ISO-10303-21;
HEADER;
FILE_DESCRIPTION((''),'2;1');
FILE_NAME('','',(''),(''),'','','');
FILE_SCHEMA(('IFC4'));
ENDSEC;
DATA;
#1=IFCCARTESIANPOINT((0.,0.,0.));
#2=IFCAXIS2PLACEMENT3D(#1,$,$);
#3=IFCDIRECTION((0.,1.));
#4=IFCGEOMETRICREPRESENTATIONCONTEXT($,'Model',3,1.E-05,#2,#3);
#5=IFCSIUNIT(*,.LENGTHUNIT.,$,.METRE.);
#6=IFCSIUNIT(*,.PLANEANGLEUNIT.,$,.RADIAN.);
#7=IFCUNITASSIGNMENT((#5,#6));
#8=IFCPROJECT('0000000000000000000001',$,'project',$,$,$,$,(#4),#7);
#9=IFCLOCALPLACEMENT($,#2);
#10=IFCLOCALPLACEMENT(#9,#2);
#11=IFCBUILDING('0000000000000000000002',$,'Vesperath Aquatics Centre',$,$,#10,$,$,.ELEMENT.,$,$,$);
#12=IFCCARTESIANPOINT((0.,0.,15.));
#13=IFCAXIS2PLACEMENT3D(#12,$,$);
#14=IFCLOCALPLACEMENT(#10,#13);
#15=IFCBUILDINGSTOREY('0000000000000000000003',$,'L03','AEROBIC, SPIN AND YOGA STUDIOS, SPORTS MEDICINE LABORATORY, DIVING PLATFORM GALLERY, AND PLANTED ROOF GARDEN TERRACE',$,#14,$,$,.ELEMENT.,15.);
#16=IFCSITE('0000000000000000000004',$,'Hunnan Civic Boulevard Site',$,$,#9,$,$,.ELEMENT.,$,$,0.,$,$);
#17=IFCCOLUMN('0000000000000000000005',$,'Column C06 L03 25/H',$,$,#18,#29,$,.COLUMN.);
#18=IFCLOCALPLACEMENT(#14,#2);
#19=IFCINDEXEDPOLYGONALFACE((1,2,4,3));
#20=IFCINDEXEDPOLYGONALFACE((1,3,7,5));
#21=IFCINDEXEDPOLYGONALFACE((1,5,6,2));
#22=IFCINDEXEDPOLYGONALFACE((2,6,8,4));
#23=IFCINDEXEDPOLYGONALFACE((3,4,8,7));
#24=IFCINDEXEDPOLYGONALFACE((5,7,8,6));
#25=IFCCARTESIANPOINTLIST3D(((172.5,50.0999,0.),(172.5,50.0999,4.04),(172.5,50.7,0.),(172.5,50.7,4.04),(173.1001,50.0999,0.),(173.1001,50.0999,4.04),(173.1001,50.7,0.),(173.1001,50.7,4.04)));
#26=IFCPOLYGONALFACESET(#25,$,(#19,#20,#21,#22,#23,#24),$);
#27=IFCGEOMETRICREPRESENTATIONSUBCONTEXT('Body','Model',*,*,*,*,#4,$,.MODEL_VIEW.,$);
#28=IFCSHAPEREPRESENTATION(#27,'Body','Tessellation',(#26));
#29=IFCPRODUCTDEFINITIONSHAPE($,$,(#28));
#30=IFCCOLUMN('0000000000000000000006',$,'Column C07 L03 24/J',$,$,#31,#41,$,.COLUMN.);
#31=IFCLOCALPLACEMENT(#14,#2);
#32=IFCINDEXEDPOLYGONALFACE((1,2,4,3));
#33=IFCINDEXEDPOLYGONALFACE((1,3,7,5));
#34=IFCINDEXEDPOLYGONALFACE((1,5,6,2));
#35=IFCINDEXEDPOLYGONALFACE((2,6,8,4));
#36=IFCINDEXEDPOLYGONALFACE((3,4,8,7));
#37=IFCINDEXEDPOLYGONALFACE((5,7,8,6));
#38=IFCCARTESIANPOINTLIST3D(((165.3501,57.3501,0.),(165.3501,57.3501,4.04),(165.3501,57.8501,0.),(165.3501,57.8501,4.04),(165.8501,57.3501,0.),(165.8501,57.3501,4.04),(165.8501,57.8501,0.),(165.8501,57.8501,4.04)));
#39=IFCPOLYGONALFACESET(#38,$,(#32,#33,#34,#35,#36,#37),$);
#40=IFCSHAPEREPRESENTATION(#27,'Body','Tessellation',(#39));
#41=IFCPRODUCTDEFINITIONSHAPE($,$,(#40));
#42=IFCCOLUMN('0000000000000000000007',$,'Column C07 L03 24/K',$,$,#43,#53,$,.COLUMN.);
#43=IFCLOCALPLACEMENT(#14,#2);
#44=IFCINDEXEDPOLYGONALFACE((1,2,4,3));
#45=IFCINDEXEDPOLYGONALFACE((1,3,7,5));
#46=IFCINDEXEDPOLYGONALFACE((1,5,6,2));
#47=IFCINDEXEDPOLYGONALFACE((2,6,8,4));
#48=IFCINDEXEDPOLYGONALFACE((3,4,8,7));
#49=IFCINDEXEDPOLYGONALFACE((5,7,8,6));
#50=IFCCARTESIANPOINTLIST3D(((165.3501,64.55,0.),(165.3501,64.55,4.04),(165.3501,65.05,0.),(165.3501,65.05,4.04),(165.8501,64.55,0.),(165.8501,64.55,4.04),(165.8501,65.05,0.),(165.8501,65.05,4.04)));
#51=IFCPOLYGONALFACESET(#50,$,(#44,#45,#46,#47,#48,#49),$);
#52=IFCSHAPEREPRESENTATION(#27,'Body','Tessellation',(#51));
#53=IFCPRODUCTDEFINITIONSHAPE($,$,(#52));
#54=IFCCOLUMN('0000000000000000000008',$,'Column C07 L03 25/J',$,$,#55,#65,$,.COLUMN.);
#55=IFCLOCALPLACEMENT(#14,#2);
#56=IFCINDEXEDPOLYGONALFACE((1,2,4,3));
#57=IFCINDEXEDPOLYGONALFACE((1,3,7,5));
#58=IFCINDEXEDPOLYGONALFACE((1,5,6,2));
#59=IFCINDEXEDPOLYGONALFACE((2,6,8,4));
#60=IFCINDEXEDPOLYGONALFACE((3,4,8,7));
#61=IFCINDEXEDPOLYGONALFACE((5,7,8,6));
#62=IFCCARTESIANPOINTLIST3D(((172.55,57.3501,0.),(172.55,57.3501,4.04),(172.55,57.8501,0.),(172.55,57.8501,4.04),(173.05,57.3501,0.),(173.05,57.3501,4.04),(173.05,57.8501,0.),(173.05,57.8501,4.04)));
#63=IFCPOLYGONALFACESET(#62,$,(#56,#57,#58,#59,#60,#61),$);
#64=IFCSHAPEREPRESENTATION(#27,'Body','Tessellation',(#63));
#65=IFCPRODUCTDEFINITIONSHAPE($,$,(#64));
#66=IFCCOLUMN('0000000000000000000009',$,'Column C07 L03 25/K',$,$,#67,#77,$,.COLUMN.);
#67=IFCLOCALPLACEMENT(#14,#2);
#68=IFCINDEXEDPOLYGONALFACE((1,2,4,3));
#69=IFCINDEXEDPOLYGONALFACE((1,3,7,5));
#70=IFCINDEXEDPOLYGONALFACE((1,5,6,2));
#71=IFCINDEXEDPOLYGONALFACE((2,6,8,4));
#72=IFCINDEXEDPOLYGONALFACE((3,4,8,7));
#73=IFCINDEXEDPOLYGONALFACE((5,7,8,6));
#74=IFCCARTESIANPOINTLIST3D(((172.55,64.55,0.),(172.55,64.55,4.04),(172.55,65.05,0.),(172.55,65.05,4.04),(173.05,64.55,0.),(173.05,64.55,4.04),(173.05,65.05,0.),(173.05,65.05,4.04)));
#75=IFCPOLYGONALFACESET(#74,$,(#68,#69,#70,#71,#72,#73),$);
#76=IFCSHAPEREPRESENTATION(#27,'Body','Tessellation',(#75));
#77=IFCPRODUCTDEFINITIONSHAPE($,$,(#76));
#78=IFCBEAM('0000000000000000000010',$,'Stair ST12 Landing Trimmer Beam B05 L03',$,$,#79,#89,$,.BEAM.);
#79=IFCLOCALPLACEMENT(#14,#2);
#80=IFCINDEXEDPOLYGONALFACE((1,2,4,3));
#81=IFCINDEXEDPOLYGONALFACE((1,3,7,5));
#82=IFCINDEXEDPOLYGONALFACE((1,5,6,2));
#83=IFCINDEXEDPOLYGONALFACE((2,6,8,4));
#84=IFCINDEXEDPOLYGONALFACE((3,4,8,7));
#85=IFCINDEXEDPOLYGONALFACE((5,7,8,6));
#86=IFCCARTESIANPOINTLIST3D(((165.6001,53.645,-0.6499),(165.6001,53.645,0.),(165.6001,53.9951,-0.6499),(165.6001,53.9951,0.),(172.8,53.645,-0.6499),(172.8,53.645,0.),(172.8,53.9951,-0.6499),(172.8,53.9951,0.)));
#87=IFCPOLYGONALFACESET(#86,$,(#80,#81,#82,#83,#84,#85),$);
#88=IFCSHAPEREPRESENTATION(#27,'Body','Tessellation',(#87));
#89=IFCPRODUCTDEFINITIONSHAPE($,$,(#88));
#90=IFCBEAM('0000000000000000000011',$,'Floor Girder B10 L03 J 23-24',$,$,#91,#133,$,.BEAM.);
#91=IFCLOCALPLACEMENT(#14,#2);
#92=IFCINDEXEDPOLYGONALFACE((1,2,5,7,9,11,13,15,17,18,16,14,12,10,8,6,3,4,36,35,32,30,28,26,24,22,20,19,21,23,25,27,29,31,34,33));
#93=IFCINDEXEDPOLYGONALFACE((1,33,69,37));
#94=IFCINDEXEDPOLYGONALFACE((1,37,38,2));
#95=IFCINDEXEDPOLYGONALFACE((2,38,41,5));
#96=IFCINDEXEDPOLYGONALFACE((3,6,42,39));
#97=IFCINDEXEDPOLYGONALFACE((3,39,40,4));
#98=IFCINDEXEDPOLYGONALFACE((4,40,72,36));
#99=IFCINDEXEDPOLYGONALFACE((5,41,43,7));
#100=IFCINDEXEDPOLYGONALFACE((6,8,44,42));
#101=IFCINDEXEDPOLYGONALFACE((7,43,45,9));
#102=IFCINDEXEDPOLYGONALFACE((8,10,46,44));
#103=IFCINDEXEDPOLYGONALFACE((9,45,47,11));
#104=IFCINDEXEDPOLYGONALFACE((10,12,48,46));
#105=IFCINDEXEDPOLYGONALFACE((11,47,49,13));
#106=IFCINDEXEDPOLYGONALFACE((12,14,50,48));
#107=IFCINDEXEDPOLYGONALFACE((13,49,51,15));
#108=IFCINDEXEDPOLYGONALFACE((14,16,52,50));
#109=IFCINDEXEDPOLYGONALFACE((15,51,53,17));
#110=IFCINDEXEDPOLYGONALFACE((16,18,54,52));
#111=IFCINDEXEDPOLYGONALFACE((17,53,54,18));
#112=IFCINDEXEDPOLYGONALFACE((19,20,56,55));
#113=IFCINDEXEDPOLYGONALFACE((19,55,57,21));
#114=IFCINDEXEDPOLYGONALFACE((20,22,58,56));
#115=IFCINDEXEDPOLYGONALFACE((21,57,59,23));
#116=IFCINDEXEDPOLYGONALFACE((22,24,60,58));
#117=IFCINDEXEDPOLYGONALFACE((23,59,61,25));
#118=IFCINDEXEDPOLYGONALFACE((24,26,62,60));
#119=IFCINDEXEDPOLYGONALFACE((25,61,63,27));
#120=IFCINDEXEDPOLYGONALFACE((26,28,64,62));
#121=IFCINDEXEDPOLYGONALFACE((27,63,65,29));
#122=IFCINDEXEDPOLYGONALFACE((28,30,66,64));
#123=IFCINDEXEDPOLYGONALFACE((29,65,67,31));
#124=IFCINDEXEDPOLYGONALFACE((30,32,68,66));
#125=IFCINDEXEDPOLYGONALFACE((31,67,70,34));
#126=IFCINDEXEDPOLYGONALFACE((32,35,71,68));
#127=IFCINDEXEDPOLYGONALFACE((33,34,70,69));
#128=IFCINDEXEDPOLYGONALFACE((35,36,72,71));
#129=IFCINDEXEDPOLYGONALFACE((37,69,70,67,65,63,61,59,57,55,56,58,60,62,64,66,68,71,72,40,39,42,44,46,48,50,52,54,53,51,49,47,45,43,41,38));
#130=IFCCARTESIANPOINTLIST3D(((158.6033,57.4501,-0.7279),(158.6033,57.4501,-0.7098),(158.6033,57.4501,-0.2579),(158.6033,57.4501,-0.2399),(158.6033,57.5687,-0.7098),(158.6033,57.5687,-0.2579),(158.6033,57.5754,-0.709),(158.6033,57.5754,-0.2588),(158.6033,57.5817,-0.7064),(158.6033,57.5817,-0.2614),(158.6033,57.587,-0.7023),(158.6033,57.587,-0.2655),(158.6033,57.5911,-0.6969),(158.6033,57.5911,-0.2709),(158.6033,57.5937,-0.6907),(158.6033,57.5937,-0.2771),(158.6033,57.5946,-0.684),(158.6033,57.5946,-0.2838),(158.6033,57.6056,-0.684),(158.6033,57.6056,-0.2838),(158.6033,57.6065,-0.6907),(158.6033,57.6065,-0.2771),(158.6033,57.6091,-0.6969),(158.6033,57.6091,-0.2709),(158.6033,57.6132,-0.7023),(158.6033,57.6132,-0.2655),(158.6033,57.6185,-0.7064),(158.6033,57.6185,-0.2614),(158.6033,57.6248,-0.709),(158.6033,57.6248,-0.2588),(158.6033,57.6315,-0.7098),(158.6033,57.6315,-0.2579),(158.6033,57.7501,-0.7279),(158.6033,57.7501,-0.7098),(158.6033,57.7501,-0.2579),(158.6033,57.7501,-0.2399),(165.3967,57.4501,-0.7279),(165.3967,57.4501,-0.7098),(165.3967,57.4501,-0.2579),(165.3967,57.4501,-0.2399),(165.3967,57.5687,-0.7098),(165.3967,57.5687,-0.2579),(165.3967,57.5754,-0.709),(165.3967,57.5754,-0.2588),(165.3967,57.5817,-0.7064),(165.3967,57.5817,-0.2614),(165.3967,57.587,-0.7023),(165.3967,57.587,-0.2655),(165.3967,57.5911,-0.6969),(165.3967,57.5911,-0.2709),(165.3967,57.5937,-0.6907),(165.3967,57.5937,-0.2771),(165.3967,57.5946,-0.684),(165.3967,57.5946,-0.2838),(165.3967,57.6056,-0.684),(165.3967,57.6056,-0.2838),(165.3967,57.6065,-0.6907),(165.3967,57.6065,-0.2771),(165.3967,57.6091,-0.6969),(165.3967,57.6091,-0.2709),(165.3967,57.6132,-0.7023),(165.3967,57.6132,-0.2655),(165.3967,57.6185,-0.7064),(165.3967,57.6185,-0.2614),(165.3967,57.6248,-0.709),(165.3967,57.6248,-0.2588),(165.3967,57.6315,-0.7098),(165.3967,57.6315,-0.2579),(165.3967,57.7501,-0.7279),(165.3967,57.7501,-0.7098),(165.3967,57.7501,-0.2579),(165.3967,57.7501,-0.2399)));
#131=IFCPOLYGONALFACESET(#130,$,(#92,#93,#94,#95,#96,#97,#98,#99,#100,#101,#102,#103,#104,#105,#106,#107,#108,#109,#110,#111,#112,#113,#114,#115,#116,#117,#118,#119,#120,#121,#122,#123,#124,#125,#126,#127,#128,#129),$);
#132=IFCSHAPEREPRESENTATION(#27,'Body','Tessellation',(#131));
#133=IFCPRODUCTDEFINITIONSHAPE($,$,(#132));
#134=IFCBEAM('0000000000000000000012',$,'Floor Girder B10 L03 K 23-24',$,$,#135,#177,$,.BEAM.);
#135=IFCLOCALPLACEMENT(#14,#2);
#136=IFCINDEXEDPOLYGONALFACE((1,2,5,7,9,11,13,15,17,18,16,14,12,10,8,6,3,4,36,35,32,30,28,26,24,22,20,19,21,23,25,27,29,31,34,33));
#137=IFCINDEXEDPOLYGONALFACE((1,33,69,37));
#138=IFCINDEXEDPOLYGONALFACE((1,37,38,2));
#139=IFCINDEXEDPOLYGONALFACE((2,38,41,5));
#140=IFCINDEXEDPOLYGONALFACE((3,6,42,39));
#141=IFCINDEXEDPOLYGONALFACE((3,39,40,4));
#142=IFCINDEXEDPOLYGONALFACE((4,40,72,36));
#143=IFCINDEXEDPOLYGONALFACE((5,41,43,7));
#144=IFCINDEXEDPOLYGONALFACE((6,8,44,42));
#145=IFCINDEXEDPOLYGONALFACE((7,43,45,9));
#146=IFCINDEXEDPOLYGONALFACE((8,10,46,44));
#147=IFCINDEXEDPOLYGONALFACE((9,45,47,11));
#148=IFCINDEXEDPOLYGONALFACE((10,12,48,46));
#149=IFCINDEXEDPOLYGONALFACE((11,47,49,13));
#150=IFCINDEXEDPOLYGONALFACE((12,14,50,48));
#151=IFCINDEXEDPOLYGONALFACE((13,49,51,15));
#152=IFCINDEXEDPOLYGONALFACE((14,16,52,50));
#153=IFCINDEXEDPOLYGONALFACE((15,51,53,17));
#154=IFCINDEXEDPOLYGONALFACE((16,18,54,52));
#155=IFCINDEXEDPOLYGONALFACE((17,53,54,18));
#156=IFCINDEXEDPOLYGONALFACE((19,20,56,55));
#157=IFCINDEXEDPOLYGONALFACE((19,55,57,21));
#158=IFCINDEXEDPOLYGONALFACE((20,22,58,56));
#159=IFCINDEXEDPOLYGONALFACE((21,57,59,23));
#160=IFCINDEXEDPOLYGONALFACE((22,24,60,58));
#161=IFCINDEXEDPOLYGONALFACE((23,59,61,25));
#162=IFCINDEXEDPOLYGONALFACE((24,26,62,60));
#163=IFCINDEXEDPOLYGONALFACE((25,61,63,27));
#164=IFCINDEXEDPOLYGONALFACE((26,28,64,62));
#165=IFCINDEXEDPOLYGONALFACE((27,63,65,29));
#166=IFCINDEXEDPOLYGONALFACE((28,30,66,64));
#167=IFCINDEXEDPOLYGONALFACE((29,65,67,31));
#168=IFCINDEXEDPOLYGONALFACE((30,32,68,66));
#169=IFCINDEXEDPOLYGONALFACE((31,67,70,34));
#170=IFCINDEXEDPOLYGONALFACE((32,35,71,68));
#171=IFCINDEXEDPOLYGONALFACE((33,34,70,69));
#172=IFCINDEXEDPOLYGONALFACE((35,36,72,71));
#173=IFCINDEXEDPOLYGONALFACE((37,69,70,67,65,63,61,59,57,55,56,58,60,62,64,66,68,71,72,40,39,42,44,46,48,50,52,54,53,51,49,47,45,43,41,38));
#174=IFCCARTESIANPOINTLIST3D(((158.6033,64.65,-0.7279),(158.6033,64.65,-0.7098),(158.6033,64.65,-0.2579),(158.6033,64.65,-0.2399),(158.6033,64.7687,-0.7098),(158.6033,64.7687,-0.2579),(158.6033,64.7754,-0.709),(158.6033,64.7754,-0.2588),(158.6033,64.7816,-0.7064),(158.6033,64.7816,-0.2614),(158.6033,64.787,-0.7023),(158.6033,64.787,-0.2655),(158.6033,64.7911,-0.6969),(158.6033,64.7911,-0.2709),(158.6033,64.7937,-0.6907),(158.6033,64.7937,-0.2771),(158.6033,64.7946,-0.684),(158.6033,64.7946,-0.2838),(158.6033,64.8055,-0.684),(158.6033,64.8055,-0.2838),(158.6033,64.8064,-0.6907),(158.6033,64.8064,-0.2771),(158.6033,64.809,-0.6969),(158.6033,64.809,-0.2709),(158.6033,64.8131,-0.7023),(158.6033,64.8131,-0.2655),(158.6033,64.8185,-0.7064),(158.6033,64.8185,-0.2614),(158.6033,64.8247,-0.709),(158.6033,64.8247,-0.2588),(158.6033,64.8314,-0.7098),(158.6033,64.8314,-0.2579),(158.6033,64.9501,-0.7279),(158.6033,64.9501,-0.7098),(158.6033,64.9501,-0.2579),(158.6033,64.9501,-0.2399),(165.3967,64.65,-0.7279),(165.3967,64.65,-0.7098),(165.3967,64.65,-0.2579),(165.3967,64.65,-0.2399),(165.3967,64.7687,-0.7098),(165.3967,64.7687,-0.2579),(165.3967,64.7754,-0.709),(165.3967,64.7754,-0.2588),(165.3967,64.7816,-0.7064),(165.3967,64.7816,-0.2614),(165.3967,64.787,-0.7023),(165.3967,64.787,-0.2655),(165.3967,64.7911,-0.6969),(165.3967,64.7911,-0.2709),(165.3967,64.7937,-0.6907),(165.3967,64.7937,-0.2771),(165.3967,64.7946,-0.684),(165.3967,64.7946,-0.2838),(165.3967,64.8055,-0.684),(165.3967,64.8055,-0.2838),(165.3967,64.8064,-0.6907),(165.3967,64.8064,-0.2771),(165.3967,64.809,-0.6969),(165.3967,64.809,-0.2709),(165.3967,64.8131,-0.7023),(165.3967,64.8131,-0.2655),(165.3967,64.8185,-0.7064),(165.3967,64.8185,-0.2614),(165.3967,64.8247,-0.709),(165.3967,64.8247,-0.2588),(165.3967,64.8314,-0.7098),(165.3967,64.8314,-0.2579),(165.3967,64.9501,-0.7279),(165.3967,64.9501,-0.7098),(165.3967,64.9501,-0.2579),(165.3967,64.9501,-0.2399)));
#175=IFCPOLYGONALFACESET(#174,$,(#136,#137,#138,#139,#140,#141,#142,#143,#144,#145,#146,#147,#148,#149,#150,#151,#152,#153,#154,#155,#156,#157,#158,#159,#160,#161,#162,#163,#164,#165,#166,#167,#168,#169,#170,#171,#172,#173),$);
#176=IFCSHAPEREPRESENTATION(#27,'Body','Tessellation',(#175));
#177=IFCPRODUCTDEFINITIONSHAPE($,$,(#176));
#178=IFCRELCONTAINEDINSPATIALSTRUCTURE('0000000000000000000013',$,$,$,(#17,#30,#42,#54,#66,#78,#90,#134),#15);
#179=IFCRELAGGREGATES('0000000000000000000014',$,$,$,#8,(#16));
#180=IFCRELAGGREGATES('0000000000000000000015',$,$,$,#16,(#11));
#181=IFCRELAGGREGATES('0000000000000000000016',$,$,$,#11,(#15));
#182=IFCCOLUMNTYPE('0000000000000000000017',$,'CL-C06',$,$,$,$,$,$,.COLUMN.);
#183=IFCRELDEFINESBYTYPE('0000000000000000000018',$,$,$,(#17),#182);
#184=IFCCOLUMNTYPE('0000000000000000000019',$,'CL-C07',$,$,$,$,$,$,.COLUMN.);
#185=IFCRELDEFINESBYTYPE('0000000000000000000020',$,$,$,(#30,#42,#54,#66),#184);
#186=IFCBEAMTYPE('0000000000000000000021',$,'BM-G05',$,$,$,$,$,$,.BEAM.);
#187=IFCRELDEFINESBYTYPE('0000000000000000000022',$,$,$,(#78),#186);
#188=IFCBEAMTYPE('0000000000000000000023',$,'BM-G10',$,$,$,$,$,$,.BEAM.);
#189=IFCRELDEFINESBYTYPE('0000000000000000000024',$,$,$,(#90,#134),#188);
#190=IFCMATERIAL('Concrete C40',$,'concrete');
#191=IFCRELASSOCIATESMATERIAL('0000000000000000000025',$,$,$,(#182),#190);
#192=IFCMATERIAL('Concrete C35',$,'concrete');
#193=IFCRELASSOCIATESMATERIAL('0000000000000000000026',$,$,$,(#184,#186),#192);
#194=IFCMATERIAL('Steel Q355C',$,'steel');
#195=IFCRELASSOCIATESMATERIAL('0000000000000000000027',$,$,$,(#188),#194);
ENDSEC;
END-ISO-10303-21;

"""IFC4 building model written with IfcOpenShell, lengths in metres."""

from ifc_helpers import new_model, si_unit, direction, frame, origin, origin_2d, place, context, subcontext, project, spatial, rectangle, i_section, extrude, material, material_profile, profile_set, type_object, element, save


model = new_model("IFC4")

# Units and contexts
model_context = context("Model", 3, precision=1e-05, world=origin(), true_north=direction((0.0, 1.0)))
body_context = subcontext(model_context, "Body", "Model", "MODEL_VIEW")
ifc_project = project(units=[si_unit("LENGTHUNIT", "METRE"), si_unit("PLANEANGLEUNIT", "RADIAN")], contexts=[model_context])

# Site, building, storey
site_placement = place(None, origin())
site = spatial("IfcSite", under=ifc_project, at=site_placement, Name="Hunnan Civic Boulevard Site", CompositionType="ELEMENT", RefElevation=0.0)
building_placement = place(site_placement, origin())
building = spatial("IfcBuilding", under=site, at=building_placement, Name="Vesperath Aquatics Centre", CompositionType="ELEMENT")
storey_placement = place(building_placement, frame((0.0, 0.0, 15.0)))
storey = spatial("IfcBuildingStorey", under=building, at=storey_placement, Name="L03", Description="AEROBIC, SPIN AND YOGA STUDIOS, SPORTS MEDICINE LABORATORY, DIVING PLATFORM GALLERY, AND PLANTED ROOF GARDEN TERRACE", CompositionType="ELEMENT", Elevation=15.0)

# Columns
ifc_material_1 = material(Name="Concrete C40", Category="concrete")
ifc_material_profile_1 = material_profile(ifc_material_1, rectangle(XDim=0.6001, YDim=0.6001, at=origin_2d()), Name="RC 600x600")
ifc_profile_set_1 = profile_set([ifc_material_profile_1], Name="Concrete C40")
column_type_1 = type_object("IfcColumnType", Name="CL-C06", PredefinedType="COLUMN", material=ifc_profile_set_1)
column_placement = place(storey_placement, frame((172.8, 50.3999, 0.0), z_axis=(0.0, 0.0, 1.0), x_axis=(1.0, 0.0, 0.0)))
element("IfcColumn", 1, at=column_placement, inside=storey, type_object=column_type_1, Name="Column C06 L03 25/H", PredefinedType="COLUMN", context=body_context, shape_type="SweptSolid", body=[
    extrude(rectangle(XDim=0.6001, YDim=0.6001, at=origin_2d()), origin(), (0.0, 0.0, 1.0), 4.04),
])
ifc_material_2 = material(Name="Concrete C35", Category="concrete")
ifc_material_profile_2 = material_profile(ifc_material_2, rectangle(XDim=0.5, YDim=0.5, at=origin_2d()), Name="RC 500x500")
ifc_profile_set_2 = profile_set([ifc_material_profile_2], Name="Concrete C35")
column_type_2 = type_object("IfcColumnType", Name="CL-C07", PredefinedType="COLUMN", material=ifc_profile_set_2)
for number, where, z_axis, x_axis, name in (
    (2, (165.6001, 57.6001, 0.0), (0.0, 0.0, 1.0), (1.0, 0.0, 0.0), "Column C07 L03 24/J"),
    (3, (165.6001, 64.8, 0.0), (0.0, 0.0, 1.0), (1.0, 0.0, 0.0), "Column C07 L03 24/K"),
    (4, (172.8, 57.6001, 0.0), (0.0, 0.0, 1.0), (1.0, 0.0, 0.0), "Column C07 L03 25/J"),
    (5, (172.8, 64.8, 0.0), (0.0, 0.0, 1.0), (1.0, 0.0, 0.0), "Column C07 L03 25/K"),
):
    element("IfcColumn", number, at=place(storey_placement, frame(where, z_axis=z_axis, x_axis=x_axis)), inside=storey, type_object=column_type_2, Name=name, PredefinedType="COLUMN", context=body_context, shape_type="SweptSolid", body=[
        extrude(rectangle(XDim=0.5, YDim=0.5, at=origin_2d()), origin(), (0.0, 0.0, 1.0), 4.04),
    ])

# Beams
ifc_material_profile_3 = material_profile(ifc_material_2, rectangle(XDim=0.3501, YDim=0.6499, at=origin_2d()), Name="RC 350x650")
ifc_profile_set_3 = profile_set([ifc_material_profile_3], Name="Concrete C35")
beam_type_1 = type_object("IfcBeamType", Name="BM-G05", PredefinedType="BEAM", material=ifc_profile_set_3)
beam_1_placement = place(storey_placement, frame((165.6001, 53.8201, -0.325), z_axis=(1.0, 0.0, 0.0), x_axis=(0.0, 1.0, 0.0)))
element("IfcBeam", 6, at=beam_1_placement, inside=storey, type_object=beam_type_1, Name="Stair ST12 Landing Trimmer Beam B05 L03", PredefinedType="BEAM", context=body_context, shape_type="SweptSolid", body=[
    extrude(rectangle(XDim=0.3501, YDim=0.6499, at=origin_2d()), origin(), (0.0, 0.0, 1.0), 7.2),
])
ifc_material_3 = material(Name="Steel Q355C", Category="steel")
ifc_material_profile_4 = material_profile(ifc_material_3, i_section(OverallWidth=0.3, OverallDepth=0.488, WebThickness=0.011, FlangeThickness=0.0181, FilletRadius=0.0259, at=origin_2d()), Name="HM 488x300x11x18")
ifc_profile_set_4 = profile_set([ifc_material_profile_4], Name="Steel Q355C")
beam_type_2 = type_object("IfcBeamType", Name="BM-G10", PredefinedType="BEAM", material=ifc_profile_set_4)
for number, where, z_axis, x_axis, name in (
    (7, (158.6033, 57.6001, -0.4839), (1.0, 0.0, 0.0), (0.0, 1.0, 0.0), "Floor Girder B10 L03 J 23-24"),
    (8, (158.6033, 64.8, -0.4839), (1.0, 0.0, 0.0), (0.0, 1.0, 0.0), "Floor Girder B10 L03 K 23-24"),
):
    element("IfcBeam", number, at=place(storey_placement, frame(where, z_axis=z_axis, x_axis=x_axis)), inside=storey, type_object=beam_type_2, Name=name, PredefinedType="BEAM", context=body_context, shape_type="SweptSolid", body=[
        extrude(i_section(OverallWidth=0.3, OverallDepth=0.488, WebThickness=0.011, FlangeThickness=0.0181, FilletRadius=0.0259, at=origin_2d()), origin(), (0.0, 0.0, 1.0), 6.7935),
    ])

save(model, "model.ifc")
